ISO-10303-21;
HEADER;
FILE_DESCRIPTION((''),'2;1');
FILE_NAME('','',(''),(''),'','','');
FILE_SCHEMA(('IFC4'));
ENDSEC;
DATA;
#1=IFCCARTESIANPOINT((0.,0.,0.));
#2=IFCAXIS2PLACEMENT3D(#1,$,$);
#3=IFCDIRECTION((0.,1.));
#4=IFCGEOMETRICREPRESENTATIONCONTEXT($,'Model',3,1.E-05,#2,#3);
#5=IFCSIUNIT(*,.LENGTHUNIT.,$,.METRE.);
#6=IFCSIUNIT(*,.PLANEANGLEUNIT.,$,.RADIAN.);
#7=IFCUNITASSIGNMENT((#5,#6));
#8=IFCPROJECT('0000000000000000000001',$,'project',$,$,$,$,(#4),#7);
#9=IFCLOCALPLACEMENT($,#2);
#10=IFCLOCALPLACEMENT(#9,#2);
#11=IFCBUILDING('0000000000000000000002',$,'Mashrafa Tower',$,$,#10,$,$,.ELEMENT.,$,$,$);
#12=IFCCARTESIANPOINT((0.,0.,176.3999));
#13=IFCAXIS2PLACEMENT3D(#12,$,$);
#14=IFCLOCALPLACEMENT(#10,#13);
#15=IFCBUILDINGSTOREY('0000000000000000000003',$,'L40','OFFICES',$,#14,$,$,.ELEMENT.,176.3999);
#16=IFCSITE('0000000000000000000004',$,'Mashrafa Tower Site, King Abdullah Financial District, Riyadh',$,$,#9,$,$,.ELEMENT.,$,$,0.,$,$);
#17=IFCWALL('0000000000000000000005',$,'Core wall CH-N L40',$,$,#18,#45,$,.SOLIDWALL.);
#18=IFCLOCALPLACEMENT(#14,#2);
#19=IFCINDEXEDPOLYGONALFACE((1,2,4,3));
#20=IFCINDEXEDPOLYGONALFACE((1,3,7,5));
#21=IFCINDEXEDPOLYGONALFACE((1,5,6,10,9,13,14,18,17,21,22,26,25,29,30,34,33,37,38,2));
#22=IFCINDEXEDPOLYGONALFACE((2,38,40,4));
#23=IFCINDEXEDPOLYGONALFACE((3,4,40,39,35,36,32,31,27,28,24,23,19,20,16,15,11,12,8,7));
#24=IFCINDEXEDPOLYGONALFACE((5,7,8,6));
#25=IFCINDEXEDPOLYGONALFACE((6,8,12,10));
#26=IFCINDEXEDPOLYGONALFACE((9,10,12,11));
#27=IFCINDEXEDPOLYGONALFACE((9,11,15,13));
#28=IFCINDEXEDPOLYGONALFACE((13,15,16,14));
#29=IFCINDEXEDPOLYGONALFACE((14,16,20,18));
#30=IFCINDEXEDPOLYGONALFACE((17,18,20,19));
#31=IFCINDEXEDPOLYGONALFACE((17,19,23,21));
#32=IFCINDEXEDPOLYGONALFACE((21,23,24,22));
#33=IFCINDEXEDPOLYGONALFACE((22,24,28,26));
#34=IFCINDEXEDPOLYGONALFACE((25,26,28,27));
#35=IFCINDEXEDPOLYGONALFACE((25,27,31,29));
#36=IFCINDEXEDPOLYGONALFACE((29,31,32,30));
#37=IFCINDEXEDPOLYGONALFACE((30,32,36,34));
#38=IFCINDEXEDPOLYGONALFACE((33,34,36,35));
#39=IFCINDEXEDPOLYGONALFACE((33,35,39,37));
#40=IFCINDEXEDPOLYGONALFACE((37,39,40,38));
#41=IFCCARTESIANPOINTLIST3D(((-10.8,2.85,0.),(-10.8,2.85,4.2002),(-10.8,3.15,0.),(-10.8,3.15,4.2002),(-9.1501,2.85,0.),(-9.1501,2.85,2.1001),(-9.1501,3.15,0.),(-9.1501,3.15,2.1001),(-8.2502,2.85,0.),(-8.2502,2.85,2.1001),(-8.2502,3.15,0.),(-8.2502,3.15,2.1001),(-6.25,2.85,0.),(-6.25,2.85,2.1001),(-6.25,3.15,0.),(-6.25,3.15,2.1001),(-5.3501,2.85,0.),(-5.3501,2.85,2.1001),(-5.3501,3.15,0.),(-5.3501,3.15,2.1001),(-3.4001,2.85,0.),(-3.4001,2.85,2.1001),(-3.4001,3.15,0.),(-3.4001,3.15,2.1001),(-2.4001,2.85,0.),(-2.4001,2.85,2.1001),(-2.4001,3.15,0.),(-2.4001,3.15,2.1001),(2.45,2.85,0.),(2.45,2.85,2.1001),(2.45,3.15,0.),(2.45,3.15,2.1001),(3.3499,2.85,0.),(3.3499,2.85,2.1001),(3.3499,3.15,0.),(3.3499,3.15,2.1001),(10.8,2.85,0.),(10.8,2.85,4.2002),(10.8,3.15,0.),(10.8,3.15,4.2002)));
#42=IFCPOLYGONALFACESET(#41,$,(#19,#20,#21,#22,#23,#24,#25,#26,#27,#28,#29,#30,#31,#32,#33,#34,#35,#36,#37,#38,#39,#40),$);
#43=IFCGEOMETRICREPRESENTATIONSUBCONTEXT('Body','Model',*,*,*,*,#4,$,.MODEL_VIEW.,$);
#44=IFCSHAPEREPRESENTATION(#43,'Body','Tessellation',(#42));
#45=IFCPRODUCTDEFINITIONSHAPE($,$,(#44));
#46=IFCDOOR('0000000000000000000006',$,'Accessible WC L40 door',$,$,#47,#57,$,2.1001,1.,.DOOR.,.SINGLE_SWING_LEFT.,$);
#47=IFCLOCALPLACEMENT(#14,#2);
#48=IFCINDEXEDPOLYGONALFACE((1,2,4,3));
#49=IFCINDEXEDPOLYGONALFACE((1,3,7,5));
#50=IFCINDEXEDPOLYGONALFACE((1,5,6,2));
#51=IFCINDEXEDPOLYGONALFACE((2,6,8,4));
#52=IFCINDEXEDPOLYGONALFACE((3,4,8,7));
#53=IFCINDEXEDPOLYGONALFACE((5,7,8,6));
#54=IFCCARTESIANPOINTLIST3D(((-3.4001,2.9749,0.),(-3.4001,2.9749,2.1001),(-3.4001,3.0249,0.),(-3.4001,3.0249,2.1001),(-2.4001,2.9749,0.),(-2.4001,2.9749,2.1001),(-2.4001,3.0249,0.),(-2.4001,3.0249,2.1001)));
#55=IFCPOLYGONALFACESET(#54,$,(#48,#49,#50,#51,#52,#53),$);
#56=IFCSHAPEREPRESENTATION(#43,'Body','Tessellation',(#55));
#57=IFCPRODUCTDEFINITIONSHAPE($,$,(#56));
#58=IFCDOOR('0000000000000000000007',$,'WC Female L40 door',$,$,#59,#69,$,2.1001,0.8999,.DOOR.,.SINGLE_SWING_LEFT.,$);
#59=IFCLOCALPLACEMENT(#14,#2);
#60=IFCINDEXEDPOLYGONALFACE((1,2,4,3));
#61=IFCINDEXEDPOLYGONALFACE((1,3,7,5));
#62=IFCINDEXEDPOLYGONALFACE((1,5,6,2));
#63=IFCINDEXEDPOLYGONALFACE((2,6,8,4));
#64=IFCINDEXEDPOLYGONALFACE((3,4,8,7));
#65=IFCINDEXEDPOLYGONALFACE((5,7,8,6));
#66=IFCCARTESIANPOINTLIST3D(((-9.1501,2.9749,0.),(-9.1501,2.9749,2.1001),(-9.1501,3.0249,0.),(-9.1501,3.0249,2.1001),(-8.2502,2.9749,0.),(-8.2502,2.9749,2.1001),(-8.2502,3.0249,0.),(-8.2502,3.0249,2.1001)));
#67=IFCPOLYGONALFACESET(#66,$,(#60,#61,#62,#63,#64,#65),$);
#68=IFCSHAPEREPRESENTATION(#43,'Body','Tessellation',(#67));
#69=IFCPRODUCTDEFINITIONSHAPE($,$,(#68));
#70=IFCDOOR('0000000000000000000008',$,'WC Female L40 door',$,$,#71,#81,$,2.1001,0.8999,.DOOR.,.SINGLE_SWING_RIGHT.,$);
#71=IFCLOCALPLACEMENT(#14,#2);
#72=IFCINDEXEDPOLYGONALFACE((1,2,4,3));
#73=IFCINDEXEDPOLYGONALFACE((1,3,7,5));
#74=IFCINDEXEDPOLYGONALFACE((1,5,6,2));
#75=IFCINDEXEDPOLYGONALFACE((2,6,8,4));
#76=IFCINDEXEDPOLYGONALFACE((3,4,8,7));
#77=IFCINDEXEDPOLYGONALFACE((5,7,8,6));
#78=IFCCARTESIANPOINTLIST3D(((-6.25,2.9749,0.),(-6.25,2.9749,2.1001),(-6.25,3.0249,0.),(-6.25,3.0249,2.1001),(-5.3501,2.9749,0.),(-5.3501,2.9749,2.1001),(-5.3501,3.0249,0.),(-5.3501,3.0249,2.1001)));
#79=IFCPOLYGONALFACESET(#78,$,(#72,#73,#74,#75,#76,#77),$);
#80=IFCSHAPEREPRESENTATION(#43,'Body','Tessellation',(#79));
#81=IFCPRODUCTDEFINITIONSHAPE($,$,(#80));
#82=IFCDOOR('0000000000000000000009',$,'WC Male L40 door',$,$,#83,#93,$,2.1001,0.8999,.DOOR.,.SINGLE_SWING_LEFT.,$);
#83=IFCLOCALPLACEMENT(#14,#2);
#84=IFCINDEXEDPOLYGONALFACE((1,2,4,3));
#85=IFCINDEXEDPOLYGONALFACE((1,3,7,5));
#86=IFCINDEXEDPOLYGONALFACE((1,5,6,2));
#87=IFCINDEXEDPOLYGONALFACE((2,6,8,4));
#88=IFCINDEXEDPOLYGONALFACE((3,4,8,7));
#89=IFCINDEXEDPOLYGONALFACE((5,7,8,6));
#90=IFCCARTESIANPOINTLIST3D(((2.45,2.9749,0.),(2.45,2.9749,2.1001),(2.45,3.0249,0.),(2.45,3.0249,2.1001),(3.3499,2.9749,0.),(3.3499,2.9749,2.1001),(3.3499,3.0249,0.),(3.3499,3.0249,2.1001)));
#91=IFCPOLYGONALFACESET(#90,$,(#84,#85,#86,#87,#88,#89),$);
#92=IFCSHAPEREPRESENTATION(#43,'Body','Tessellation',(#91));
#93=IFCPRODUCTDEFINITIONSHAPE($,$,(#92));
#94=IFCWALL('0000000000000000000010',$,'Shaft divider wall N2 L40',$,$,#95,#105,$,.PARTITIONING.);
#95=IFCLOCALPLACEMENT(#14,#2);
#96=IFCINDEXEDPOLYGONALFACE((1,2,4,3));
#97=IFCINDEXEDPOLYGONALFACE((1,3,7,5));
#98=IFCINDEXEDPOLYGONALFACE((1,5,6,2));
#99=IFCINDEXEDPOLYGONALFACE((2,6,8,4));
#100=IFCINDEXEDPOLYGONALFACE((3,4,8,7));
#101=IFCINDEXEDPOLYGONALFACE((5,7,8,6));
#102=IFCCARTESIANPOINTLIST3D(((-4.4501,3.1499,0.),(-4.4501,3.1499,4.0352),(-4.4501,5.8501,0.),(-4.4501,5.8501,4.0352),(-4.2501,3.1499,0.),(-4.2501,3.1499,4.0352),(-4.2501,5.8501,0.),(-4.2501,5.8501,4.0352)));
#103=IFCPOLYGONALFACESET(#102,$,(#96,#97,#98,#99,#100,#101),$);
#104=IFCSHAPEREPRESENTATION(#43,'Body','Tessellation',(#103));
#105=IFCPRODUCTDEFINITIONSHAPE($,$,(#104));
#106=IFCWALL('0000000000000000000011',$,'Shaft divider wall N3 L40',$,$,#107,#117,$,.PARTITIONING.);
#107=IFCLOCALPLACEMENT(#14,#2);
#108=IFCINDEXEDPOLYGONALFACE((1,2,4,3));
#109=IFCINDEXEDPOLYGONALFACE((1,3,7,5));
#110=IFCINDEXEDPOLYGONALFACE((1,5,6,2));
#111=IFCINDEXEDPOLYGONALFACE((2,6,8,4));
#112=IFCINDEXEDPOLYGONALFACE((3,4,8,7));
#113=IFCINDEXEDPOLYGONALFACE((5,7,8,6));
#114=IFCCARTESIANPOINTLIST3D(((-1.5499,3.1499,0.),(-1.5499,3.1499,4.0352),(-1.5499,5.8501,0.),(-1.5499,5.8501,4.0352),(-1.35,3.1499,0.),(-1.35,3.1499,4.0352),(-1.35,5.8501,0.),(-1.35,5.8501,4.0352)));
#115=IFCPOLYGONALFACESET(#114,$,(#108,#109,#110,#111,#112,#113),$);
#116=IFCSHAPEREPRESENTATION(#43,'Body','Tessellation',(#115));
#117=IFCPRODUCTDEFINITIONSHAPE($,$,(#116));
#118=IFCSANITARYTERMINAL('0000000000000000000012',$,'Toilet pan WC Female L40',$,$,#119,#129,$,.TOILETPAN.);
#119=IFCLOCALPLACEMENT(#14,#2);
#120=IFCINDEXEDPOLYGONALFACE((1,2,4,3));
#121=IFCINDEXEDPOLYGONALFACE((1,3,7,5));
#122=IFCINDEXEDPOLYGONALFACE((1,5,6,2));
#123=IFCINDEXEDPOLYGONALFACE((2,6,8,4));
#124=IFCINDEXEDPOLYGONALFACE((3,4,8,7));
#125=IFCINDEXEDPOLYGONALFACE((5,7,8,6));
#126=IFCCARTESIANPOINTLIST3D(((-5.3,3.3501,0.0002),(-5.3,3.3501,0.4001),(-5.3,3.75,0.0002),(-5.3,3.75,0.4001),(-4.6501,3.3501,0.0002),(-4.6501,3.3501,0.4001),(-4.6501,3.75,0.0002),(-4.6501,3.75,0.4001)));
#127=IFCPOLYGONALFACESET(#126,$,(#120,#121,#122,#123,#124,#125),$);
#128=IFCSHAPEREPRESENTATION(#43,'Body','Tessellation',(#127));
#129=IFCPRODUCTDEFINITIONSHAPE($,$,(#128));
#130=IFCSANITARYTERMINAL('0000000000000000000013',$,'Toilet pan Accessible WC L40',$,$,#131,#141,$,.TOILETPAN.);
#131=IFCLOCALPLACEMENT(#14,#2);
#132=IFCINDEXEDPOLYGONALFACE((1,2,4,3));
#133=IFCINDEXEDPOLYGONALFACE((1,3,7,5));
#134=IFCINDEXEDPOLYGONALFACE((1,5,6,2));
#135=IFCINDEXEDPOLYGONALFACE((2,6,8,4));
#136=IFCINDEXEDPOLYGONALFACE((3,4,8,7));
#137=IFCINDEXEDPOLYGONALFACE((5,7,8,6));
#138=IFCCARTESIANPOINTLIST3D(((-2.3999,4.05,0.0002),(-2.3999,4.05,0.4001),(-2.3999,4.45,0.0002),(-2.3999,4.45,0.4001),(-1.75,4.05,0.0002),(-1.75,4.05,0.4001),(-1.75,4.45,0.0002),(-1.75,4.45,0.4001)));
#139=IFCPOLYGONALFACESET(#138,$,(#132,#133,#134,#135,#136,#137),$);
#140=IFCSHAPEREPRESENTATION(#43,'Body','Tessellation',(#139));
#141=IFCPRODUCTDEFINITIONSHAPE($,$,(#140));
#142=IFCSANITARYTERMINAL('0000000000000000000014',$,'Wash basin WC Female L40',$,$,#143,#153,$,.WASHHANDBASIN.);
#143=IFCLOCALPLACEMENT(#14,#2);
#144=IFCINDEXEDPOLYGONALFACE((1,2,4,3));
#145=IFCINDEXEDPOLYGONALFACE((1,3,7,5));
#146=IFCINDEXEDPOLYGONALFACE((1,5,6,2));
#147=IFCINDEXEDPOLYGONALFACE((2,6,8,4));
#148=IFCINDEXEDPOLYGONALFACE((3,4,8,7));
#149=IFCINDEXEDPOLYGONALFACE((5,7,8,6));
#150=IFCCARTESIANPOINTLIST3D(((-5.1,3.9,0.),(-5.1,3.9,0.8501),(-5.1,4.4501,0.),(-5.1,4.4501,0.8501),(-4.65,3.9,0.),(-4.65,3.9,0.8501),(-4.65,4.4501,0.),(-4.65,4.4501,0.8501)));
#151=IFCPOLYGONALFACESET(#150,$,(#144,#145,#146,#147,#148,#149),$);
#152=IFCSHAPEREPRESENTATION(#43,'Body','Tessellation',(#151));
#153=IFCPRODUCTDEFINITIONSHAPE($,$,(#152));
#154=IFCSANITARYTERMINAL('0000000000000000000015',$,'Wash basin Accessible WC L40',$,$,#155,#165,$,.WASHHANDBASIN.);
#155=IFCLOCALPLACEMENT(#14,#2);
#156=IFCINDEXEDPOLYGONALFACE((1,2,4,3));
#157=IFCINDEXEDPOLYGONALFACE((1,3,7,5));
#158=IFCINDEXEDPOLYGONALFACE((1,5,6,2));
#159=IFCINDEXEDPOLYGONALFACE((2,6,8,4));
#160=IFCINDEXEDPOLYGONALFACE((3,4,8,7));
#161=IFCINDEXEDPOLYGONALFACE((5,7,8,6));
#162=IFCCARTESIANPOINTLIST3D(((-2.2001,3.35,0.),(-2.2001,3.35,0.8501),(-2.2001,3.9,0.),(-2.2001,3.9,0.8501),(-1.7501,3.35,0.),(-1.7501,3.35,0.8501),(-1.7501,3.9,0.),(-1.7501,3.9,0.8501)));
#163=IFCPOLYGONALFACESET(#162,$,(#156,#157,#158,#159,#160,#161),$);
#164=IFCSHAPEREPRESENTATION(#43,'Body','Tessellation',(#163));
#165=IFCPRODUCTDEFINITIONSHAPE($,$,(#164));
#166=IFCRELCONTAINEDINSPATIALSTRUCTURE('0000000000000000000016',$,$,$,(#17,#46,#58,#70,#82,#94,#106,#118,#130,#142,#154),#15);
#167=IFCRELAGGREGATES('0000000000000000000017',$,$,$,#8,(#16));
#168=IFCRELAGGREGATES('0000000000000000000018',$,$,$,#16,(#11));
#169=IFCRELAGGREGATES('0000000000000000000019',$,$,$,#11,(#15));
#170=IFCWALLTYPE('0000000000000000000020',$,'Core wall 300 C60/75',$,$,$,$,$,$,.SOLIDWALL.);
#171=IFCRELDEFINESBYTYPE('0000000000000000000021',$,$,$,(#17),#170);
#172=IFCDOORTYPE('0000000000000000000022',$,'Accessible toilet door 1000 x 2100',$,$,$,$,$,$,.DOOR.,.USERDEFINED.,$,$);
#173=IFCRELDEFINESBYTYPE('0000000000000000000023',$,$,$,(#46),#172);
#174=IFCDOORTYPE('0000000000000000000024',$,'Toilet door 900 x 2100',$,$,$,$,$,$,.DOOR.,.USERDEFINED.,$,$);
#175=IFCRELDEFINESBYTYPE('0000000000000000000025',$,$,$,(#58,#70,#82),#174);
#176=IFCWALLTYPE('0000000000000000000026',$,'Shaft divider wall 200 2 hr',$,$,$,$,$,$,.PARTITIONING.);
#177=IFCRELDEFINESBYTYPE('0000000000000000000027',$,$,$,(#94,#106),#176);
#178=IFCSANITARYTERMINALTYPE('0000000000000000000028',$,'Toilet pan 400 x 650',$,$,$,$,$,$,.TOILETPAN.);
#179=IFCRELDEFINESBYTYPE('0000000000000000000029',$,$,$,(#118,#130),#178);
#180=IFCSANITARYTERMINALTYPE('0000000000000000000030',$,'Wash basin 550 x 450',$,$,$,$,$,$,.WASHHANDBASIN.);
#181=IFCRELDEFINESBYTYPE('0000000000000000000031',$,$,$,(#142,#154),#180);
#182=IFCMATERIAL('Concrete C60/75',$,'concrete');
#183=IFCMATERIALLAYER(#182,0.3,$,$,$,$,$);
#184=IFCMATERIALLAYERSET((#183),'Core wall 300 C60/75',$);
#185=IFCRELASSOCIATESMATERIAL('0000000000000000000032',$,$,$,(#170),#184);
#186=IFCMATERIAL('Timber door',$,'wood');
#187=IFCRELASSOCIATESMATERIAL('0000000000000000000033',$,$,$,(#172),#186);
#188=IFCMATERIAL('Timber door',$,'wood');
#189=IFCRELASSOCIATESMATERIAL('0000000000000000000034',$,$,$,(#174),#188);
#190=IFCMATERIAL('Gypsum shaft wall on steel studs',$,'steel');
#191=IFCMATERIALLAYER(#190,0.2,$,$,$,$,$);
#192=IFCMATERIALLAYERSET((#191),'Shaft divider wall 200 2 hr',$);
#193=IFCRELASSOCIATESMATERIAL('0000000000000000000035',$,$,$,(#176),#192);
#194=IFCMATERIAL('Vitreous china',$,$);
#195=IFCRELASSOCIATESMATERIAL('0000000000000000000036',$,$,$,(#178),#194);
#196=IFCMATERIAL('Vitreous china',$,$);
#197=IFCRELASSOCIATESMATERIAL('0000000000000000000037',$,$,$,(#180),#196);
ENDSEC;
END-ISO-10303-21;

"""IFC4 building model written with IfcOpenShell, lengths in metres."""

from ifc_helpers import new_model, si_unit, direction, frame, frame_2d, origin, origin_2d, place, context, subcontext, project, spatial, rectangle, extrude, material, layer, layer_set, type_object, element, fill, save


model = new_model("IFC4")

# Units and contexts
model_context = context("Model", 3, precision=1e-05, world=origin(), true_north=direction((0.0, 1.0)))
body_context = subcontext(model_context, "Body", "Model", "MODEL_VIEW")
ifc_project = project(units=[si_unit("LENGTHUNIT", "METRE"), si_unit("PLANEANGLEUNIT", "RADIAN")], contexts=[model_context])

# Site, building, storey
site_placement = place(None, origin())
site = spatial("IfcSite", under=ifc_project, at=site_placement, Name="Mashrafa Tower Site, King Abdullah Financial District, Riyadh", CompositionType="ELEMENT", RefElevation=0.0)
building_placement = place(site_placement, origin())
building = spatial("IfcBuilding", under=site, at=building_placement, Name="Mashrafa Tower", CompositionType="ELEMENT")
storey_placement = place(building_placement, frame((0.0, 0.0, 176.3999)))
storey = spatial("IfcBuildingStorey", under=building, at=storey_placement, Name="L40", Description="OFFICES", CompositionType="ELEMENT", Elevation=176.3999)

# Wall, openings, doors
ifc_material_1 = material(Name="Concrete C60/75", Category="concrete")
ifc_layer_1 = layer(ifc_material_1, 0.3)
ifc_layer_set_1 = layer_set([ifc_layer_1], Name="Core wall 300 C60/75")
wall_type_1 = type_object("IfcWallType", Name="Core wall 300 C60/75", PredefinedType="SOLIDWALL", material=ifc_layer_set_1)
wall_placement = place(storey_placement, frame((-10.8, 3.0, 0.0), z_axis=(0.0, 0.0, 1.0), x_axis=(1.0, 0.0, 0.0)))
wall = element("IfcWall", 1, at=wall_placement, inside=storey, type_object=wall_type_1, Name="Core wall CH-N L40", PredefinedType="SOLIDWALL", context=body_context, shape_type="SweptSolid", body=[
    extrude(rectangle(XDim=21.6001, YDim=0.3, at=frame_2d((10.8, 0.0))), origin(), (0.0, 0.0, 1.0), 4.2002),
])
opening_1_placement = place(wall_placement, frame((1.6499, 0.0, 0.0)))
opening_1 = element("IfcOpeningElement", 2, at=opening_1_placement, cuts=wall, PredefinedType="OPENING", context=body_context, shape_type="SweptSolid", body=[
    extrude(rectangle(XDim=0.8999, YDim=2.1001, at=frame_2d((0.45, 1.05))), frame((0.0, 0.1599, 0.0), z_axis=(0.0, -1.0, 0.0), x_axis=(1.0, 0.0, 0.0)), (0.0, 0.0, 1.0), 0.3201),
])
opening_2_placement = place(wall_placement, frame((4.55, 0.0, 0.0)))
opening_2 = element("IfcOpeningElement", 3, at=opening_2_placement, cuts=wall, PredefinedType="OPENING", context=body_context, shape_type="SweptSolid", body=[
    extrude(rectangle(XDim=0.8999, YDim=2.1001, at=frame_2d((0.45, 1.05))), frame((0.0, 0.1599, 0.0), z_axis=(0.0, -1.0, 0.0), x_axis=(1.0, 0.0, 0.0)), (0.0, 0.0, 1.0), 0.3201),
])
opening_3_placement = place(wall_placement, frame((7.3999, 0.0, 0.0)))
opening_3 = element("IfcOpeningElement", 4, at=opening_3_placement, cuts=wall, PredefinedType="OPENING", context=body_context, shape_type="SweptSolid", body=[
    extrude(rectangle(XDim=1.0, YDim=2.1001, at=frame_2d((0.5, 1.05))), frame((0.0, 0.1599, 0.0), z_axis=(0.0, -1.0, 0.0), x_axis=(1.0, 0.0, 0.0)), (0.0, 0.0, 1.0), 0.3201),
])
opening_4_placement = place(wall_placement, frame((13.25, 0.0, 0.0)))
opening_4 = element("IfcOpeningElement", 5, at=opening_4_placement, cuts=wall, PredefinedType="OPENING", context=body_context, shape_type="SweptSolid", body=[
    extrude(rectangle(XDim=0.8999, YDim=2.1001, at=frame_2d((0.45, 1.05))), frame((0.0, 0.1599, 0.0), z_axis=(0.0, -1.0, 0.0), x_axis=(1.0, 0.0, 0.0)), (0.0, 0.0, 1.0), 0.3201),
])
ifc_material_2 = material(Name="Timber door", Category="wood")
door_type_1 = type_object("IfcDoorType", Name="Accessible toilet door 1000 x 2100", OperationType="USERDEFINED", PredefinedType="DOOR", material=ifc_material_2)
door_1_placement = place(opening_3_placement, origin())
door_1 = element("IfcDoor", 6, at=door_1_placement, inside=storey, type_object=door_type_1, Name="Accessible WC L40 door", OperationType="SINGLE_SWING_LEFT", OverallHeight=2.1001, OverallWidth=1.0, PredefinedType="DOOR", context=body_context, shape_type="SweptSolid", body=[
    extrude(rectangle(XDim=1.0, YDim=2.1001, at=frame_2d((0.5, 1.05))), frame((0.0, 0.0249, 0.0), z_axis=(0.0, -1.0, 0.0), x_axis=(1.0, 0.0, 0.0)), (0.0, 0.0, 1.0), 0.05),
])
fill(opening_3, door_1)
ifc_material_3 = material(Name="Timber door", Category="wood")
door_type_2 = type_object("IfcDoorType", Name="Toilet door 900 x 2100", OperationType="USERDEFINED", PredefinedType="DOOR", material=ifc_material_3)
door_2_placement = place(opening_1_placement, origin())
door_2 = element("IfcDoor", 7, at=door_2_placement, inside=storey, type_object=door_type_2, Name="WC Female L40 door", OperationType="SINGLE_SWING_LEFT", OverallHeight=2.1001, OverallWidth=0.8999, PredefinedType="DOOR", context=body_context, shape_type="SweptSolid", body=[
    extrude(rectangle(XDim=0.8999, YDim=2.1001, at=frame_2d((0.45, 1.05))), frame((0.0, 0.0249, 0.0), z_axis=(0.0, -1.0, 0.0), x_axis=(1.0, 0.0, 0.0)), (0.0, 0.0, 1.0), 0.05),
])
fill(opening_1, door_2)
door_3_placement = place(opening_2_placement, origin())
door_3 = element("IfcDoor", 8, at=door_3_placement, inside=storey, type_object=door_type_2, Name="WC Female L40 door", OperationType="SINGLE_SWING_RIGHT", OverallHeight=2.1001, OverallWidth=0.8999, PredefinedType="DOOR", context=body_context, shape_type="SweptSolid", body=[
    extrude(rectangle(XDim=0.8999, YDim=2.1001, at=frame_2d((0.45, 1.05))), frame((0.0, 0.0249, 0.0), z_axis=(0.0, -1.0, 0.0), x_axis=(1.0, 0.0, 0.0)), (0.0, 0.0, 1.0), 0.05),
])
fill(opening_2, door_3)
door_4_placement = place(opening_4_placement, origin())
door_4 = element("IfcDoor", 9, at=door_4_placement, inside=storey, type_object=door_type_2, Name="WC Male L40 door", OperationType="SINGLE_SWING_LEFT", OverallHeight=2.1001, OverallWidth=0.8999, PredefinedType="DOOR", context=body_context, shape_type="SweptSolid", body=[
    extrude(rectangle(XDim=0.8999, YDim=2.1001, at=frame_2d((0.45, 1.05))), frame((0.0, 0.0249, 0.0), z_axis=(0.0, -1.0, 0.0), x_axis=(1.0, 0.0, 0.0)), (0.0, 0.0, 1.0), 0.05),
])
fill(opening_4, door_4)

# Walls
ifc_material_4 = material(Name="Gypsum shaft wall on steel studs", Category="steel")
ifc_layer_2 = layer(ifc_material_4, 0.2)
ifc_layer_set_2 = layer_set([ifc_layer_2], Name="Shaft divider wall 200 2 hr")
wall_type_2 = type_object("IfcWallType", Name="Shaft divider wall 200 2 hr", PredefinedType="PARTITIONING", material=ifc_layer_set_2)
for number, where, z_axis, x_axis, name in (
    (10, (-4.3501, 3.1499, 0.0), (0.0, 0.0, 1.0), (0.0, 1.0, 0.0), "Shaft divider wall N2 L40"),
    (11, (-1.45, 3.1499, 0.0), (0.0, 0.0, 1.0), (0.0, 1.0, 0.0), "Shaft divider wall N3 L40"),
):
    element("IfcWall", number, at=place(storey_placement, frame(where, z_axis=z_axis, x_axis=x_axis)), inside=storey, type_object=wall_type_2, Name=name, PredefinedType="PARTITIONING", context=body_context, shape_type="SweptSolid", body=[
        extrude(rectangle(XDim=2.7002, YDim=0.2, at=frame_2d((1.3501, 0.0))), origin(), (0.0, 0.0, 1.0), 4.0352),
    ])

# Sanitary terminals
ifc_material_5 = material(Name="Vitreous china")
sanitary_terminal_type_1 = type_object("IfcSanitaryTerminalType", Name="Toilet pan 400 x 650", PredefinedType="TOILETPAN", material=ifc_material_5)
for number, where, z_axis, x_axis, name in (
    (12, (-4.9751, 3.55, 0.0002), (0.0, 0.0, 1.0), (0.0, 1.0, 0.0), "Toilet pan WC Female L40"),
    (13, (-2.075, 4.25, 0.0002), (0.0, 0.0, 1.0), (0.0, 1.0, 0.0), "Toilet pan Accessible WC L40"),
):
    element("IfcSanitaryTerminal", number, at=place(storey_placement, frame(where, z_axis=z_axis, x_axis=x_axis)), inside=storey, type_object=sanitary_terminal_type_1, Name=name, PredefinedType="TOILETPAN", context=body_context, shape_type="SweptSolid", body=[
        extrude(rectangle(XDim=0.3999, YDim=0.6499, at=origin_2d()), origin(), (0.0, 0.0, 1.0), 0.3999),
    ])
ifc_material_6 = material(Name="Vitreous china")
sanitary_terminal_type_2 = type_object("IfcSanitaryTerminalType", Name="Wash basin 550 x 450", PredefinedType="WASHHANDBASIN", material=ifc_material_6)
for number, where, z_axis, x_axis, name in (
    (14, (-4.875, 4.175, 0.0), (0.0, 0.0, 1.0), (0.0, 1.0, 0.0), "Wash basin WC Female L40"),
    (15, (-1.9751, 3.625, 0.0), (0.0, 0.0, 1.0), (0.0, 1.0, 0.0), "Wash basin Accessible WC L40"),
):
    element("IfcSanitaryTerminal", number, at=place(storey_placement, frame(where, z_axis=z_axis, x_axis=x_axis)), inside=storey, type_object=sanitary_terminal_type_2, Name=name, PredefinedType="WASHHANDBASIN", context=body_context, shape_type="SweptSolid", body=[
        extrude(rectangle(XDim=0.55, YDim=0.45, at=origin_2d()), origin(), (0.0, 0.0, 1.0), 0.8501),
    ])

save(model, "model.ifc")
